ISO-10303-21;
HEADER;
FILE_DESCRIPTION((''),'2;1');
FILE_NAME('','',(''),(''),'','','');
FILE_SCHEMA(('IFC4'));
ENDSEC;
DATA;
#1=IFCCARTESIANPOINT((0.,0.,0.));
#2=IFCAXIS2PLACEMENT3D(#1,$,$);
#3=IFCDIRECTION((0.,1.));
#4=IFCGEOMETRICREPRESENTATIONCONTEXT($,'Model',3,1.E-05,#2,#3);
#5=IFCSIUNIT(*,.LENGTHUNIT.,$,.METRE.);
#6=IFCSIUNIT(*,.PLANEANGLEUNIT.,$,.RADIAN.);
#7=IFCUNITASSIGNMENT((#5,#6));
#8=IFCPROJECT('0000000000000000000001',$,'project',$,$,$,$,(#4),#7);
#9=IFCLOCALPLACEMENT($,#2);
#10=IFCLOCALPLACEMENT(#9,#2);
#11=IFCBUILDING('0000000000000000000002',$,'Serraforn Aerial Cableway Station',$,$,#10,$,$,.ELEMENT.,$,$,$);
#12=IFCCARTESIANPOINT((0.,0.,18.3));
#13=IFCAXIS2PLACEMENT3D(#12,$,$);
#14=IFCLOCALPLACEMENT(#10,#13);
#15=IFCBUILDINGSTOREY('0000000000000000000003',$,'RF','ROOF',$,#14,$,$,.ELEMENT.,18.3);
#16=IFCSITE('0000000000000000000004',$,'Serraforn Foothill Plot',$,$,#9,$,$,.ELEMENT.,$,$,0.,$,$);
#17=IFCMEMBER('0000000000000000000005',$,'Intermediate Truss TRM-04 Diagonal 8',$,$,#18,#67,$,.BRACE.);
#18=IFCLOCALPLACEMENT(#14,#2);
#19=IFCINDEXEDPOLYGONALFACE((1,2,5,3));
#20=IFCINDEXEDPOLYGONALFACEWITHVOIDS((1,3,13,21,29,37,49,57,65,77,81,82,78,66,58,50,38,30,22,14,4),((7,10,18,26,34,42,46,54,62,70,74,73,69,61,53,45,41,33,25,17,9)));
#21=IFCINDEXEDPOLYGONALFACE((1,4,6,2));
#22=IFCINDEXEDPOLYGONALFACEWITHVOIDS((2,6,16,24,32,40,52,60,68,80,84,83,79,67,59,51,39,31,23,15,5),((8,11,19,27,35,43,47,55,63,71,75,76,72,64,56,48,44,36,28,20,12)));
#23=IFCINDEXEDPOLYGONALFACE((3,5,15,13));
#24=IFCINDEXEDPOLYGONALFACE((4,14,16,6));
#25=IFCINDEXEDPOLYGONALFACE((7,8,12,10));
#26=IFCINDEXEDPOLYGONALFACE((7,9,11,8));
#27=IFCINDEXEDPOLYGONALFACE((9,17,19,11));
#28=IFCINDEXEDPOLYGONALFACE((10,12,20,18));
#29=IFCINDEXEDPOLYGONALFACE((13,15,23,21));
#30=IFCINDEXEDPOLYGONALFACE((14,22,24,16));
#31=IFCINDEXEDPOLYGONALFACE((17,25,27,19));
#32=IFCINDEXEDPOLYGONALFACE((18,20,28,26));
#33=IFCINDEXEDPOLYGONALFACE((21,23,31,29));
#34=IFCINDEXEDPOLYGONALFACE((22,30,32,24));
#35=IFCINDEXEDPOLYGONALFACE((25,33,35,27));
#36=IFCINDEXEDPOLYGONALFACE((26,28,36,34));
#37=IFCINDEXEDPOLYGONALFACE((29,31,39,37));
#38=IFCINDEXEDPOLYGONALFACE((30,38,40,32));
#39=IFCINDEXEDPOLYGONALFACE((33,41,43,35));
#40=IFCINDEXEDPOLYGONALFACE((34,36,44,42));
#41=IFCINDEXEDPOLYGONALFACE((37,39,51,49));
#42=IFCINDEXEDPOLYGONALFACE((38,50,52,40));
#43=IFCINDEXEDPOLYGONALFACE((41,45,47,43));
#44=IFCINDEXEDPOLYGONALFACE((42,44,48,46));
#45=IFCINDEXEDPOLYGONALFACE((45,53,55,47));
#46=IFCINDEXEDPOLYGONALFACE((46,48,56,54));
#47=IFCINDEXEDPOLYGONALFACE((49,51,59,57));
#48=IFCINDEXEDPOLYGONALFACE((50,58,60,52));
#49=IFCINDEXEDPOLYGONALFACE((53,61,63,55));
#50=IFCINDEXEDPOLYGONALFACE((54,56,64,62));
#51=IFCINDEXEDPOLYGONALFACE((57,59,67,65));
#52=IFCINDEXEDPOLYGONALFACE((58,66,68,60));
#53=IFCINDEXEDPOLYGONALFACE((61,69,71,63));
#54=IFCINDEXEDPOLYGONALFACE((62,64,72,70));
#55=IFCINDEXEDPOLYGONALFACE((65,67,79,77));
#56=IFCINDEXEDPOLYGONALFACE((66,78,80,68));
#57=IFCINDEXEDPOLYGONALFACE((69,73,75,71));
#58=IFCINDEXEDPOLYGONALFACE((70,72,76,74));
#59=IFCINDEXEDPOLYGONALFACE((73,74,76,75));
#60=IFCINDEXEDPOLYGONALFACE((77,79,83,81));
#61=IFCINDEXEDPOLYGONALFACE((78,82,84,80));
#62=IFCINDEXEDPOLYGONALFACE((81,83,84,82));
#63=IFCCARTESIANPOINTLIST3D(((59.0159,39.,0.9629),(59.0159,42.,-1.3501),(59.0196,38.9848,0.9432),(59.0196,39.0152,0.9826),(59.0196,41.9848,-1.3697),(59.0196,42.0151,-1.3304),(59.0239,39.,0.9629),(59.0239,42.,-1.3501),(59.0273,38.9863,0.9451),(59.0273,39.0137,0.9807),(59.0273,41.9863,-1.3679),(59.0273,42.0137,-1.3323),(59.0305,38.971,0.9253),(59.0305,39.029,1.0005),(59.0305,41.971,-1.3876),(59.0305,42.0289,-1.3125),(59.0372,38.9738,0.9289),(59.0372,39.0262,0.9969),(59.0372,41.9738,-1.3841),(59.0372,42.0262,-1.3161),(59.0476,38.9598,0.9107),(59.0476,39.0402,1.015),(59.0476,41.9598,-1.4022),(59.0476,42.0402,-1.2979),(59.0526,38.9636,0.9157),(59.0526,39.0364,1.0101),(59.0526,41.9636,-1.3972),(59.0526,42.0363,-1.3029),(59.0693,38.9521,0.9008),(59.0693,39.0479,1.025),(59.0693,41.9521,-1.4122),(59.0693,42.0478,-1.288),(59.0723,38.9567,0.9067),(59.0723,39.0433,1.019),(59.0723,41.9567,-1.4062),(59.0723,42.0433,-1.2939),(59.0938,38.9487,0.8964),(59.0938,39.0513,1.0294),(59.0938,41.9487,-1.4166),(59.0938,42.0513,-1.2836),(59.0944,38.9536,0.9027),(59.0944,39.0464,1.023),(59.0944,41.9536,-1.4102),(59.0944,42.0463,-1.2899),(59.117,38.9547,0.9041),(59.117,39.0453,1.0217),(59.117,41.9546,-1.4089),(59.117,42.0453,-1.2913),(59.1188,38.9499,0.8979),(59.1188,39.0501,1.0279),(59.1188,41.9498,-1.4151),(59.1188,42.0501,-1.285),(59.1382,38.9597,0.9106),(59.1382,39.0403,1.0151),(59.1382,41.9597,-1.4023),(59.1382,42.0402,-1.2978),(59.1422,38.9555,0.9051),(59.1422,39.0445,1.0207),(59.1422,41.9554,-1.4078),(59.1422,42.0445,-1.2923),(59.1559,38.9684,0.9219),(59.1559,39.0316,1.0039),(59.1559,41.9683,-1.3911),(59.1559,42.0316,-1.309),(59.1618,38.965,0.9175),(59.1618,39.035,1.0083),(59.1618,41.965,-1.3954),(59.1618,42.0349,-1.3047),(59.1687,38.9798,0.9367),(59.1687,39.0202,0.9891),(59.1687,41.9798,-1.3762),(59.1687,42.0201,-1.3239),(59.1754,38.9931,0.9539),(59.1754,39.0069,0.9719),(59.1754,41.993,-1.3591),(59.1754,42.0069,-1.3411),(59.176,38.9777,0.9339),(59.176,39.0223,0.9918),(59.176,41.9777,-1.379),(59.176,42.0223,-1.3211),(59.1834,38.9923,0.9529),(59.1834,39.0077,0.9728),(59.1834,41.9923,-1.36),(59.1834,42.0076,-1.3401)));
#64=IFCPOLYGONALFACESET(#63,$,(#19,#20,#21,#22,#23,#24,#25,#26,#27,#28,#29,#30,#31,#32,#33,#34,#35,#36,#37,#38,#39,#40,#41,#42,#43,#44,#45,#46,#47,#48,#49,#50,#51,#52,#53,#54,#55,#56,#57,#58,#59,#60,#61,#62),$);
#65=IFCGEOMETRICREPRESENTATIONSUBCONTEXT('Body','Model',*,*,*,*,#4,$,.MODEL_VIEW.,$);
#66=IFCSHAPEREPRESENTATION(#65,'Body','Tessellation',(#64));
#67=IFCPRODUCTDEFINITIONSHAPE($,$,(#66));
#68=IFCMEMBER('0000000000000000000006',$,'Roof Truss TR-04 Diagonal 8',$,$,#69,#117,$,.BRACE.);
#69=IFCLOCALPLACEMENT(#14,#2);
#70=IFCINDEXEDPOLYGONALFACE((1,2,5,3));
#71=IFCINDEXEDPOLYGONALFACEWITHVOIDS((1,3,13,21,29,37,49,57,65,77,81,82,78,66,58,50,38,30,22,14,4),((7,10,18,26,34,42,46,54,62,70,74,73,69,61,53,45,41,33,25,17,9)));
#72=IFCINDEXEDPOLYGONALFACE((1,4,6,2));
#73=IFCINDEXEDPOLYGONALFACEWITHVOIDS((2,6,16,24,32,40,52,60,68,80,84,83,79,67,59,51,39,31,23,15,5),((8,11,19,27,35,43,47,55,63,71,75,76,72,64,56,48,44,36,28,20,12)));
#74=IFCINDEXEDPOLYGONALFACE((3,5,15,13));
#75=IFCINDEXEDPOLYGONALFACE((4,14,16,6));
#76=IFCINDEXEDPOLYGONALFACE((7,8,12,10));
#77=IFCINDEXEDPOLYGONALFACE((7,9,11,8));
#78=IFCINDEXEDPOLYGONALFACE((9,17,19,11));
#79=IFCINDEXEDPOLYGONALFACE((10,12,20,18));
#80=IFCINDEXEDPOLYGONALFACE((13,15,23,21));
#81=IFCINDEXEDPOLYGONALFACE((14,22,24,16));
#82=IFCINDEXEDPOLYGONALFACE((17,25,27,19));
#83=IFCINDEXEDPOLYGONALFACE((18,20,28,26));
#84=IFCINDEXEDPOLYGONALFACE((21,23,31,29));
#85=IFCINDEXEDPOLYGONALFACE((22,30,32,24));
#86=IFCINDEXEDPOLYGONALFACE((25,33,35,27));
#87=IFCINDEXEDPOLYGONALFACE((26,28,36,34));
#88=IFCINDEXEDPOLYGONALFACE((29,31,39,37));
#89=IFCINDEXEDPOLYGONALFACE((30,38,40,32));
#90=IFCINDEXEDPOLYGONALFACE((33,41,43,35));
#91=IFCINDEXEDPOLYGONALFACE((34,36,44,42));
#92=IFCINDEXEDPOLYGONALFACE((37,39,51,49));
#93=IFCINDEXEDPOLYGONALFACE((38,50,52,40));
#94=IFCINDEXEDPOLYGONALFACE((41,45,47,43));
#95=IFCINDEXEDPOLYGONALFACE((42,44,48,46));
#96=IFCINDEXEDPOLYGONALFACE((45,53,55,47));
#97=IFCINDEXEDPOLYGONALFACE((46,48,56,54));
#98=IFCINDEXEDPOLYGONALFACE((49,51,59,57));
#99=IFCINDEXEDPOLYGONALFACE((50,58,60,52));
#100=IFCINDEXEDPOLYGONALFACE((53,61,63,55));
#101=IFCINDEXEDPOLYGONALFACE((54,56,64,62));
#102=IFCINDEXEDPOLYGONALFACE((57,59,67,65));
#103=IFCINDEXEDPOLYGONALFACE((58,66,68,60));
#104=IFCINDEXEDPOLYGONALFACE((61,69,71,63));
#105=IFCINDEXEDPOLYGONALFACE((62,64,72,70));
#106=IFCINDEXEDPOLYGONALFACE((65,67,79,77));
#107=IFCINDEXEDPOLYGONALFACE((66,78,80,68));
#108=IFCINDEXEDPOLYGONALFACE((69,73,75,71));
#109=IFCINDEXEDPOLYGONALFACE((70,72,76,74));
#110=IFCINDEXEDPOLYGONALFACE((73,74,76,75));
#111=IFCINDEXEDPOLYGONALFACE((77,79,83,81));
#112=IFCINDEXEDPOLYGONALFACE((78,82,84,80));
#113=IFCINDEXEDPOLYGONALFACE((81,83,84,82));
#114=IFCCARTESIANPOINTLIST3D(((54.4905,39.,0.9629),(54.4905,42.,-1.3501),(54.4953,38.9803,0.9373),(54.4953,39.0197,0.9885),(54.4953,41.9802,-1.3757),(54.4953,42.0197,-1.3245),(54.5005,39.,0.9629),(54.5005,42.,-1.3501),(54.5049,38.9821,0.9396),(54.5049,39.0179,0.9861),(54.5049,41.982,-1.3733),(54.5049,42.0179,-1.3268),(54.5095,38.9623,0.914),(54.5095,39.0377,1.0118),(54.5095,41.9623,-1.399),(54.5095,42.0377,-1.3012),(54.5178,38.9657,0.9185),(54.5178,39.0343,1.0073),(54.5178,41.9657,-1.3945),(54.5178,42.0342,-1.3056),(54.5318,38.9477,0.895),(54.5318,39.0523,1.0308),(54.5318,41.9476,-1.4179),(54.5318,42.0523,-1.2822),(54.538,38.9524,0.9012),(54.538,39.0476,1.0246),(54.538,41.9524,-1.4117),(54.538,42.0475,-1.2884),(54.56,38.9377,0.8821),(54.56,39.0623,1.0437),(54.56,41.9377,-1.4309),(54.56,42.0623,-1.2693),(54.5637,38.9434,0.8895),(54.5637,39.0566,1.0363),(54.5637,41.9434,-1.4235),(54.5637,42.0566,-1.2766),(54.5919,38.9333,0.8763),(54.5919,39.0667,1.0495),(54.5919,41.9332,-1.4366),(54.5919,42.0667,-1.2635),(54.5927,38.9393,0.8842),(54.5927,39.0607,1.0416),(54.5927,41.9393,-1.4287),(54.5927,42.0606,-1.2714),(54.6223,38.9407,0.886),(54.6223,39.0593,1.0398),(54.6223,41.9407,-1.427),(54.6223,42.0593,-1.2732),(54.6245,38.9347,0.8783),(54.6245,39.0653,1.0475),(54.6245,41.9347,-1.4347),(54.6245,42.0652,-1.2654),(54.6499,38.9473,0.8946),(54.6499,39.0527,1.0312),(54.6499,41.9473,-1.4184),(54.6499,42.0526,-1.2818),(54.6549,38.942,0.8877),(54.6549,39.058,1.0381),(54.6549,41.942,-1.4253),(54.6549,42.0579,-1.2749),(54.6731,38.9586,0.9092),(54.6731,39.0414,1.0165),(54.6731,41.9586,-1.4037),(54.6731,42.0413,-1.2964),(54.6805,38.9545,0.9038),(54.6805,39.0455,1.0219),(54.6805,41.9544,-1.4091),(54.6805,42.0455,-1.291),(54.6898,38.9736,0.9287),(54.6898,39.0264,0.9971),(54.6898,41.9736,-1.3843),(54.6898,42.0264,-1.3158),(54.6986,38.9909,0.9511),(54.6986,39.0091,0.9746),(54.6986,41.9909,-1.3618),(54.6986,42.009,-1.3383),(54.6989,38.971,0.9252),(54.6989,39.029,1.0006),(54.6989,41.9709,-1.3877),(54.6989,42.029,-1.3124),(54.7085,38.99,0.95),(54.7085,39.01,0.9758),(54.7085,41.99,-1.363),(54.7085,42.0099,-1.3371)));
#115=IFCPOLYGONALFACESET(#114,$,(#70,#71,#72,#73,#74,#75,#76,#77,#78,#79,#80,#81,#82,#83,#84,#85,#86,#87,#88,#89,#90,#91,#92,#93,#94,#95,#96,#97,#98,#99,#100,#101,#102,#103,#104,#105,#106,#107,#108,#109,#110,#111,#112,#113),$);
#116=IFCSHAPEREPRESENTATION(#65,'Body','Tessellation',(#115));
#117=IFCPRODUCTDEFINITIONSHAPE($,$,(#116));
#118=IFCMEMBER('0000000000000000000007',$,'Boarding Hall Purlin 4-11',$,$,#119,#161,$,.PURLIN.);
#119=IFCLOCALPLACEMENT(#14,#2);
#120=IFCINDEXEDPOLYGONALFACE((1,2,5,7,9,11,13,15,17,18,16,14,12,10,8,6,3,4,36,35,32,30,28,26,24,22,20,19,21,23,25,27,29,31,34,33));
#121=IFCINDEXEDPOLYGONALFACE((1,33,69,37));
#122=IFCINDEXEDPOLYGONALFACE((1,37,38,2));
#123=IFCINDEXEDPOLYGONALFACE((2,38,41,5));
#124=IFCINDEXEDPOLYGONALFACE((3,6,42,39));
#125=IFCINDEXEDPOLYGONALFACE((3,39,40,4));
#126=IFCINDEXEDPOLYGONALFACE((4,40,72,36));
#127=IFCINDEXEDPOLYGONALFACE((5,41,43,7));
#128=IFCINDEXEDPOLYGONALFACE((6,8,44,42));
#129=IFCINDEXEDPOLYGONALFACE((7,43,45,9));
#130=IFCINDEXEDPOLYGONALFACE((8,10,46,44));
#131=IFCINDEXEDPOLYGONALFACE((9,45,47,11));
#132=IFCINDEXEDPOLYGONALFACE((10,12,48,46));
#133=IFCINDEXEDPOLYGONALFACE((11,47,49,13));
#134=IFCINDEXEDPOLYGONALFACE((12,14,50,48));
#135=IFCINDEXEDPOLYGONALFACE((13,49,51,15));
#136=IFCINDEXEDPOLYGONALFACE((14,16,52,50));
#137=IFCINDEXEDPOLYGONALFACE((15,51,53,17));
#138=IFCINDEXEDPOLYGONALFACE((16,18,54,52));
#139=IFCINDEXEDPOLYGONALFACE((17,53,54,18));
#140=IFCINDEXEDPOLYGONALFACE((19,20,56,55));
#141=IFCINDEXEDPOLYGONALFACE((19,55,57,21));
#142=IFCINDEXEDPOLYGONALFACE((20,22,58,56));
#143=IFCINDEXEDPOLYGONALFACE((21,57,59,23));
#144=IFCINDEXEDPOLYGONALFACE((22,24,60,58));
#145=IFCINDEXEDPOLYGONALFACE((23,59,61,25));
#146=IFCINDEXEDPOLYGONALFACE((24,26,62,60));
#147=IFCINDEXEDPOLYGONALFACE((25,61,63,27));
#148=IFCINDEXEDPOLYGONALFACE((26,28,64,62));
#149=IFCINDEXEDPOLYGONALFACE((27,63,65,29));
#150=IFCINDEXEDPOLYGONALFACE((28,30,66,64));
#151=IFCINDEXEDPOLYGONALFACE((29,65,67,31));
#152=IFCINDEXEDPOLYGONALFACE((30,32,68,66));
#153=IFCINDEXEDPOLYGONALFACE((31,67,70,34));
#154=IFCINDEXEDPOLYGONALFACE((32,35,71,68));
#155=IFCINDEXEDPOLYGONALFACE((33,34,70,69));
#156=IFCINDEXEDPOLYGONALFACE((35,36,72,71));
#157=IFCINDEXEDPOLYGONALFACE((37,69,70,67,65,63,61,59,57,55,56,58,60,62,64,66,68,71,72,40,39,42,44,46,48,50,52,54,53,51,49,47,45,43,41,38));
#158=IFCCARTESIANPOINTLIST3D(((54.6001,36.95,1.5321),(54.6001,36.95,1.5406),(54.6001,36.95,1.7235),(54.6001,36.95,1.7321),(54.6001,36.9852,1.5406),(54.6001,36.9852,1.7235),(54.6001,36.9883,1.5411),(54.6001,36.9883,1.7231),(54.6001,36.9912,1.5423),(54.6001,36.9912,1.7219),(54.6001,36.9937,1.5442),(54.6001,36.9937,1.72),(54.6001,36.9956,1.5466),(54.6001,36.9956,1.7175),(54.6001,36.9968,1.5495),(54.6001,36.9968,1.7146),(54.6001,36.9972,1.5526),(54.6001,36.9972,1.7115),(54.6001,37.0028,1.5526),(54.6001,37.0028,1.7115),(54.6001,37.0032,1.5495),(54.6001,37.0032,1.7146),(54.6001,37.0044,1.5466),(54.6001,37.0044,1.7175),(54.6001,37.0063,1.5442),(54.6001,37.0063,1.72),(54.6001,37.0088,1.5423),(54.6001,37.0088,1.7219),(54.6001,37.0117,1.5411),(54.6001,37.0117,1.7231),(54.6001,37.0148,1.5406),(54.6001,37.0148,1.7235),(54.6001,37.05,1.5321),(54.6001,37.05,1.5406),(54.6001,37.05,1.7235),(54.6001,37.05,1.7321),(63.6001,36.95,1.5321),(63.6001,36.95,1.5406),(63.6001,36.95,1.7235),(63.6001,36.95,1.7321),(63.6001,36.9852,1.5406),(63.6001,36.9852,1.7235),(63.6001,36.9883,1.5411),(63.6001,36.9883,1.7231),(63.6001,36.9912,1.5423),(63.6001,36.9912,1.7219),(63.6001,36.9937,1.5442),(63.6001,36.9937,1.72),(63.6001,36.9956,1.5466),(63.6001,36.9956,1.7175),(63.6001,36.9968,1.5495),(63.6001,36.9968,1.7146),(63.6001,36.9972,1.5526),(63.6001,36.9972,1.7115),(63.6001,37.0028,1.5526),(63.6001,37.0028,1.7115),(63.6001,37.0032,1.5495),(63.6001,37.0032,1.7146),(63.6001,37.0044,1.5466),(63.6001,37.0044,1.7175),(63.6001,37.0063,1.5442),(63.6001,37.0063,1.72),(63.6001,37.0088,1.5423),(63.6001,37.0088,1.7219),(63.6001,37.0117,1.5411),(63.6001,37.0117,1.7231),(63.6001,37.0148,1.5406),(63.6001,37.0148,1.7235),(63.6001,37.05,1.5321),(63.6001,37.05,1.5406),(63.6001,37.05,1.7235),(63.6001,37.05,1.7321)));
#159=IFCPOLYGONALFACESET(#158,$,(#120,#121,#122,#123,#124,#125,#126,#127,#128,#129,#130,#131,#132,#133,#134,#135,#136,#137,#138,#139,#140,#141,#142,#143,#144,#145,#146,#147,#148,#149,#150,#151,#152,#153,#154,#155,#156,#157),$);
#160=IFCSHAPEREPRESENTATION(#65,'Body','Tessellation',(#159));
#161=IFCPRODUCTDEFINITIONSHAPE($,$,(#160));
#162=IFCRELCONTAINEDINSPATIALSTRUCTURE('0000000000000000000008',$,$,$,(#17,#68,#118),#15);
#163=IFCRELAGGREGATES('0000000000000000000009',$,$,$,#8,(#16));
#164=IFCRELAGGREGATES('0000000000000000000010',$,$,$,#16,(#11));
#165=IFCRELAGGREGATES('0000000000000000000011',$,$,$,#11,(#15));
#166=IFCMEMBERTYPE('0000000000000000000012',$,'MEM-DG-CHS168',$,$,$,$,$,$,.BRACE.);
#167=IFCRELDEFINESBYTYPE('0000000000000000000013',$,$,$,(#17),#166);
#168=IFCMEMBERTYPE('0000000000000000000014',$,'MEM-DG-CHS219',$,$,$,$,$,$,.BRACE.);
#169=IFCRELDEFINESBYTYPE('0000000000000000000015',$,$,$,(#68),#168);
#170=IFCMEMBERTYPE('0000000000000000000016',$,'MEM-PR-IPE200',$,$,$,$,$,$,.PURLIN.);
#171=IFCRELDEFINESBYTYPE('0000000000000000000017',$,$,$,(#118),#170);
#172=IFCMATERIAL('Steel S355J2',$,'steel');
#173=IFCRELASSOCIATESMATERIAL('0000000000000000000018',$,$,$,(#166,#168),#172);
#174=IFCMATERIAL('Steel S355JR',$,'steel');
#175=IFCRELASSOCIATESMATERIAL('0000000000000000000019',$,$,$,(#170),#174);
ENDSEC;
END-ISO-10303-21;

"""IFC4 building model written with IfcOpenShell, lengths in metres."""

from ifc_helpers import new_model, si_unit, direction, frame, origin, origin_2d, place, context, subcontext, project, spatial, hollow_circle, i_section, extrude, material, material_profile, profile_set, type_object, element, save


model = new_model("IFC4")

# Units and contexts
model_context = context("Model", 3, precision=1e-05, world=origin(), true_north=direction((0.0, 1.0)))
body_context = subcontext(model_context, "Body", "Model", "MODEL_VIEW")
ifc_project = project(units=[si_unit("LENGTHUNIT", "METRE"), si_unit("PLANEANGLEUNIT", "RADIAN")], contexts=[model_context])

# Site, building, storey
site_placement = place(None, origin())
site = spatial("IfcSite", under=ifc_project, at=site_placement, Name="Serraforn Foothill Plot", CompositionType="ELEMENT", RefElevation=0.0)
building_placement = place(site_placement, origin())
building = spatial("IfcBuilding", under=site, at=building_placement, Name="Serraforn Aerial Cableway Station", CompositionType="ELEMENT")
storey_placement = place(building_placement, frame((0.0, 0.0, 18.3)))
storey = spatial("IfcBuildingStorey", under=building, at=storey_placement, Name="RF", Description="ROOF", CompositionType="ELEMENT", Elevation=18.3)

# Shared definitions
ifc_material_1 = material(Name="Steel S355J2", Category="steel")

# Members
ifc_material_profile_1 = material_profile(ifc_material_1, hollow_circle(Radius=0.0842, WallThickness=0.0081, at=origin_2d()), Name="CHS 168.3x8.0")
ifc_profile_set_1 = profile_set([ifc_material_profile_1], Name="Steel S355J2")
member_type_1 = type_object("IfcMemberType", Name="MEM-DG-CHS168", PredefinedType="BRACE", material=ifc_profile_set_1)
for number, where, z_axis, x_axis, name in (
    (1, (59.1001, 39.0, 0.9629), (0.0, 0.791948, -0.610589), (-1.0, 0.0, 0.0), "Intermediate Truss TRM-04 Diagonal 8"),
):
    element("IfcMember", number, at=place(storey_placement, frame(where, z_axis=z_axis, x_axis=x_axis)), inside=storey, type_object=member_type_1, Name=name, PredefinedType="BRACE", context=body_context, shape_type="SweptSolid", body=[
        extrude(hollow_circle(Radius=0.0842, WallThickness=0.0081, at=origin_2d()), origin(), (0.0, 0.0, 1.0), 3.7881),
    ])
ifc_material_profile_2 = material_profile(ifc_material_1, hollow_circle(Radius=0.1096, WallThickness=0.01, at=origin_2d()), Name="CHS 219.1x10.0")
ifc_profile_set_2 = profile_set([ifc_material_profile_2], Name="Steel S355J2")
member_type_2 = type_object("IfcMemberType", Name="MEM-DG-CHS219", PredefinedType="BRACE", material=ifc_profile_set_2)
member_1_placement = place(storey_placement, frame((54.6001, 39.0, 0.9629), z_axis=(0.0, 0.791948, -0.610589), x_axis=(-1.0, 0.0, 0.0)))
element("IfcMember", 2, at=member_1_placement, inside=storey, type_object=member_type_2, Name="Roof Truss TR-04 Diagonal 8", PredefinedType="BRACE", context=body_context, shape_type="SweptSolid", body=[
    extrude(hollow_circle(Radius=0.1096, WallThickness=0.01, at=origin_2d()), origin(), (0.0, 0.0, 1.0), 3.7881),
])
ifc_material_2 = material(Name="Steel S355JR", Category="steel")
ifc_material_profile_3 = material_profile(ifc_material_2, i_section(OverallWidth=0.1001, OverallDepth=0.2, WebThickness=0.0056, FlangeThickness=0.0085, FilletRadius=0.012, at=origin_2d()), Name="IPE 200")
ifc_profile_set_3 = profile_set([ifc_material_profile_3], Name="Steel S355JR")
member_type_3 = type_object("IfcMemberType", Name="MEM-PR-IPE200", PredefinedType="PURLIN", material=ifc_profile_set_3)
for number, where, z_axis, x_axis, name in (
    (3, (54.6001, 37.0, 1.6321), (1.0, 0.0, 0.0), (0.0, 1.0, 0.0), "Boarding Hall Purlin 4-11"),
):
    element("IfcMember", number, at=place(storey_placement, frame(where, z_axis=z_axis, x_axis=x_axis)), inside=storey, type_object=member_type_3, Name=name, PredefinedType="PURLIN", context=body_context, shape_type="SweptSolid", body=[
        extrude(i_section(OverallWidth=0.1001, OverallDepth=0.2, WebThickness=0.0056, FlangeThickness=0.0085, FilletRadius=0.012, at=origin_2d()), origin(), (0.0, 0.0, 1.0), 9.0),
    ])

save(model, "model.ifc")
